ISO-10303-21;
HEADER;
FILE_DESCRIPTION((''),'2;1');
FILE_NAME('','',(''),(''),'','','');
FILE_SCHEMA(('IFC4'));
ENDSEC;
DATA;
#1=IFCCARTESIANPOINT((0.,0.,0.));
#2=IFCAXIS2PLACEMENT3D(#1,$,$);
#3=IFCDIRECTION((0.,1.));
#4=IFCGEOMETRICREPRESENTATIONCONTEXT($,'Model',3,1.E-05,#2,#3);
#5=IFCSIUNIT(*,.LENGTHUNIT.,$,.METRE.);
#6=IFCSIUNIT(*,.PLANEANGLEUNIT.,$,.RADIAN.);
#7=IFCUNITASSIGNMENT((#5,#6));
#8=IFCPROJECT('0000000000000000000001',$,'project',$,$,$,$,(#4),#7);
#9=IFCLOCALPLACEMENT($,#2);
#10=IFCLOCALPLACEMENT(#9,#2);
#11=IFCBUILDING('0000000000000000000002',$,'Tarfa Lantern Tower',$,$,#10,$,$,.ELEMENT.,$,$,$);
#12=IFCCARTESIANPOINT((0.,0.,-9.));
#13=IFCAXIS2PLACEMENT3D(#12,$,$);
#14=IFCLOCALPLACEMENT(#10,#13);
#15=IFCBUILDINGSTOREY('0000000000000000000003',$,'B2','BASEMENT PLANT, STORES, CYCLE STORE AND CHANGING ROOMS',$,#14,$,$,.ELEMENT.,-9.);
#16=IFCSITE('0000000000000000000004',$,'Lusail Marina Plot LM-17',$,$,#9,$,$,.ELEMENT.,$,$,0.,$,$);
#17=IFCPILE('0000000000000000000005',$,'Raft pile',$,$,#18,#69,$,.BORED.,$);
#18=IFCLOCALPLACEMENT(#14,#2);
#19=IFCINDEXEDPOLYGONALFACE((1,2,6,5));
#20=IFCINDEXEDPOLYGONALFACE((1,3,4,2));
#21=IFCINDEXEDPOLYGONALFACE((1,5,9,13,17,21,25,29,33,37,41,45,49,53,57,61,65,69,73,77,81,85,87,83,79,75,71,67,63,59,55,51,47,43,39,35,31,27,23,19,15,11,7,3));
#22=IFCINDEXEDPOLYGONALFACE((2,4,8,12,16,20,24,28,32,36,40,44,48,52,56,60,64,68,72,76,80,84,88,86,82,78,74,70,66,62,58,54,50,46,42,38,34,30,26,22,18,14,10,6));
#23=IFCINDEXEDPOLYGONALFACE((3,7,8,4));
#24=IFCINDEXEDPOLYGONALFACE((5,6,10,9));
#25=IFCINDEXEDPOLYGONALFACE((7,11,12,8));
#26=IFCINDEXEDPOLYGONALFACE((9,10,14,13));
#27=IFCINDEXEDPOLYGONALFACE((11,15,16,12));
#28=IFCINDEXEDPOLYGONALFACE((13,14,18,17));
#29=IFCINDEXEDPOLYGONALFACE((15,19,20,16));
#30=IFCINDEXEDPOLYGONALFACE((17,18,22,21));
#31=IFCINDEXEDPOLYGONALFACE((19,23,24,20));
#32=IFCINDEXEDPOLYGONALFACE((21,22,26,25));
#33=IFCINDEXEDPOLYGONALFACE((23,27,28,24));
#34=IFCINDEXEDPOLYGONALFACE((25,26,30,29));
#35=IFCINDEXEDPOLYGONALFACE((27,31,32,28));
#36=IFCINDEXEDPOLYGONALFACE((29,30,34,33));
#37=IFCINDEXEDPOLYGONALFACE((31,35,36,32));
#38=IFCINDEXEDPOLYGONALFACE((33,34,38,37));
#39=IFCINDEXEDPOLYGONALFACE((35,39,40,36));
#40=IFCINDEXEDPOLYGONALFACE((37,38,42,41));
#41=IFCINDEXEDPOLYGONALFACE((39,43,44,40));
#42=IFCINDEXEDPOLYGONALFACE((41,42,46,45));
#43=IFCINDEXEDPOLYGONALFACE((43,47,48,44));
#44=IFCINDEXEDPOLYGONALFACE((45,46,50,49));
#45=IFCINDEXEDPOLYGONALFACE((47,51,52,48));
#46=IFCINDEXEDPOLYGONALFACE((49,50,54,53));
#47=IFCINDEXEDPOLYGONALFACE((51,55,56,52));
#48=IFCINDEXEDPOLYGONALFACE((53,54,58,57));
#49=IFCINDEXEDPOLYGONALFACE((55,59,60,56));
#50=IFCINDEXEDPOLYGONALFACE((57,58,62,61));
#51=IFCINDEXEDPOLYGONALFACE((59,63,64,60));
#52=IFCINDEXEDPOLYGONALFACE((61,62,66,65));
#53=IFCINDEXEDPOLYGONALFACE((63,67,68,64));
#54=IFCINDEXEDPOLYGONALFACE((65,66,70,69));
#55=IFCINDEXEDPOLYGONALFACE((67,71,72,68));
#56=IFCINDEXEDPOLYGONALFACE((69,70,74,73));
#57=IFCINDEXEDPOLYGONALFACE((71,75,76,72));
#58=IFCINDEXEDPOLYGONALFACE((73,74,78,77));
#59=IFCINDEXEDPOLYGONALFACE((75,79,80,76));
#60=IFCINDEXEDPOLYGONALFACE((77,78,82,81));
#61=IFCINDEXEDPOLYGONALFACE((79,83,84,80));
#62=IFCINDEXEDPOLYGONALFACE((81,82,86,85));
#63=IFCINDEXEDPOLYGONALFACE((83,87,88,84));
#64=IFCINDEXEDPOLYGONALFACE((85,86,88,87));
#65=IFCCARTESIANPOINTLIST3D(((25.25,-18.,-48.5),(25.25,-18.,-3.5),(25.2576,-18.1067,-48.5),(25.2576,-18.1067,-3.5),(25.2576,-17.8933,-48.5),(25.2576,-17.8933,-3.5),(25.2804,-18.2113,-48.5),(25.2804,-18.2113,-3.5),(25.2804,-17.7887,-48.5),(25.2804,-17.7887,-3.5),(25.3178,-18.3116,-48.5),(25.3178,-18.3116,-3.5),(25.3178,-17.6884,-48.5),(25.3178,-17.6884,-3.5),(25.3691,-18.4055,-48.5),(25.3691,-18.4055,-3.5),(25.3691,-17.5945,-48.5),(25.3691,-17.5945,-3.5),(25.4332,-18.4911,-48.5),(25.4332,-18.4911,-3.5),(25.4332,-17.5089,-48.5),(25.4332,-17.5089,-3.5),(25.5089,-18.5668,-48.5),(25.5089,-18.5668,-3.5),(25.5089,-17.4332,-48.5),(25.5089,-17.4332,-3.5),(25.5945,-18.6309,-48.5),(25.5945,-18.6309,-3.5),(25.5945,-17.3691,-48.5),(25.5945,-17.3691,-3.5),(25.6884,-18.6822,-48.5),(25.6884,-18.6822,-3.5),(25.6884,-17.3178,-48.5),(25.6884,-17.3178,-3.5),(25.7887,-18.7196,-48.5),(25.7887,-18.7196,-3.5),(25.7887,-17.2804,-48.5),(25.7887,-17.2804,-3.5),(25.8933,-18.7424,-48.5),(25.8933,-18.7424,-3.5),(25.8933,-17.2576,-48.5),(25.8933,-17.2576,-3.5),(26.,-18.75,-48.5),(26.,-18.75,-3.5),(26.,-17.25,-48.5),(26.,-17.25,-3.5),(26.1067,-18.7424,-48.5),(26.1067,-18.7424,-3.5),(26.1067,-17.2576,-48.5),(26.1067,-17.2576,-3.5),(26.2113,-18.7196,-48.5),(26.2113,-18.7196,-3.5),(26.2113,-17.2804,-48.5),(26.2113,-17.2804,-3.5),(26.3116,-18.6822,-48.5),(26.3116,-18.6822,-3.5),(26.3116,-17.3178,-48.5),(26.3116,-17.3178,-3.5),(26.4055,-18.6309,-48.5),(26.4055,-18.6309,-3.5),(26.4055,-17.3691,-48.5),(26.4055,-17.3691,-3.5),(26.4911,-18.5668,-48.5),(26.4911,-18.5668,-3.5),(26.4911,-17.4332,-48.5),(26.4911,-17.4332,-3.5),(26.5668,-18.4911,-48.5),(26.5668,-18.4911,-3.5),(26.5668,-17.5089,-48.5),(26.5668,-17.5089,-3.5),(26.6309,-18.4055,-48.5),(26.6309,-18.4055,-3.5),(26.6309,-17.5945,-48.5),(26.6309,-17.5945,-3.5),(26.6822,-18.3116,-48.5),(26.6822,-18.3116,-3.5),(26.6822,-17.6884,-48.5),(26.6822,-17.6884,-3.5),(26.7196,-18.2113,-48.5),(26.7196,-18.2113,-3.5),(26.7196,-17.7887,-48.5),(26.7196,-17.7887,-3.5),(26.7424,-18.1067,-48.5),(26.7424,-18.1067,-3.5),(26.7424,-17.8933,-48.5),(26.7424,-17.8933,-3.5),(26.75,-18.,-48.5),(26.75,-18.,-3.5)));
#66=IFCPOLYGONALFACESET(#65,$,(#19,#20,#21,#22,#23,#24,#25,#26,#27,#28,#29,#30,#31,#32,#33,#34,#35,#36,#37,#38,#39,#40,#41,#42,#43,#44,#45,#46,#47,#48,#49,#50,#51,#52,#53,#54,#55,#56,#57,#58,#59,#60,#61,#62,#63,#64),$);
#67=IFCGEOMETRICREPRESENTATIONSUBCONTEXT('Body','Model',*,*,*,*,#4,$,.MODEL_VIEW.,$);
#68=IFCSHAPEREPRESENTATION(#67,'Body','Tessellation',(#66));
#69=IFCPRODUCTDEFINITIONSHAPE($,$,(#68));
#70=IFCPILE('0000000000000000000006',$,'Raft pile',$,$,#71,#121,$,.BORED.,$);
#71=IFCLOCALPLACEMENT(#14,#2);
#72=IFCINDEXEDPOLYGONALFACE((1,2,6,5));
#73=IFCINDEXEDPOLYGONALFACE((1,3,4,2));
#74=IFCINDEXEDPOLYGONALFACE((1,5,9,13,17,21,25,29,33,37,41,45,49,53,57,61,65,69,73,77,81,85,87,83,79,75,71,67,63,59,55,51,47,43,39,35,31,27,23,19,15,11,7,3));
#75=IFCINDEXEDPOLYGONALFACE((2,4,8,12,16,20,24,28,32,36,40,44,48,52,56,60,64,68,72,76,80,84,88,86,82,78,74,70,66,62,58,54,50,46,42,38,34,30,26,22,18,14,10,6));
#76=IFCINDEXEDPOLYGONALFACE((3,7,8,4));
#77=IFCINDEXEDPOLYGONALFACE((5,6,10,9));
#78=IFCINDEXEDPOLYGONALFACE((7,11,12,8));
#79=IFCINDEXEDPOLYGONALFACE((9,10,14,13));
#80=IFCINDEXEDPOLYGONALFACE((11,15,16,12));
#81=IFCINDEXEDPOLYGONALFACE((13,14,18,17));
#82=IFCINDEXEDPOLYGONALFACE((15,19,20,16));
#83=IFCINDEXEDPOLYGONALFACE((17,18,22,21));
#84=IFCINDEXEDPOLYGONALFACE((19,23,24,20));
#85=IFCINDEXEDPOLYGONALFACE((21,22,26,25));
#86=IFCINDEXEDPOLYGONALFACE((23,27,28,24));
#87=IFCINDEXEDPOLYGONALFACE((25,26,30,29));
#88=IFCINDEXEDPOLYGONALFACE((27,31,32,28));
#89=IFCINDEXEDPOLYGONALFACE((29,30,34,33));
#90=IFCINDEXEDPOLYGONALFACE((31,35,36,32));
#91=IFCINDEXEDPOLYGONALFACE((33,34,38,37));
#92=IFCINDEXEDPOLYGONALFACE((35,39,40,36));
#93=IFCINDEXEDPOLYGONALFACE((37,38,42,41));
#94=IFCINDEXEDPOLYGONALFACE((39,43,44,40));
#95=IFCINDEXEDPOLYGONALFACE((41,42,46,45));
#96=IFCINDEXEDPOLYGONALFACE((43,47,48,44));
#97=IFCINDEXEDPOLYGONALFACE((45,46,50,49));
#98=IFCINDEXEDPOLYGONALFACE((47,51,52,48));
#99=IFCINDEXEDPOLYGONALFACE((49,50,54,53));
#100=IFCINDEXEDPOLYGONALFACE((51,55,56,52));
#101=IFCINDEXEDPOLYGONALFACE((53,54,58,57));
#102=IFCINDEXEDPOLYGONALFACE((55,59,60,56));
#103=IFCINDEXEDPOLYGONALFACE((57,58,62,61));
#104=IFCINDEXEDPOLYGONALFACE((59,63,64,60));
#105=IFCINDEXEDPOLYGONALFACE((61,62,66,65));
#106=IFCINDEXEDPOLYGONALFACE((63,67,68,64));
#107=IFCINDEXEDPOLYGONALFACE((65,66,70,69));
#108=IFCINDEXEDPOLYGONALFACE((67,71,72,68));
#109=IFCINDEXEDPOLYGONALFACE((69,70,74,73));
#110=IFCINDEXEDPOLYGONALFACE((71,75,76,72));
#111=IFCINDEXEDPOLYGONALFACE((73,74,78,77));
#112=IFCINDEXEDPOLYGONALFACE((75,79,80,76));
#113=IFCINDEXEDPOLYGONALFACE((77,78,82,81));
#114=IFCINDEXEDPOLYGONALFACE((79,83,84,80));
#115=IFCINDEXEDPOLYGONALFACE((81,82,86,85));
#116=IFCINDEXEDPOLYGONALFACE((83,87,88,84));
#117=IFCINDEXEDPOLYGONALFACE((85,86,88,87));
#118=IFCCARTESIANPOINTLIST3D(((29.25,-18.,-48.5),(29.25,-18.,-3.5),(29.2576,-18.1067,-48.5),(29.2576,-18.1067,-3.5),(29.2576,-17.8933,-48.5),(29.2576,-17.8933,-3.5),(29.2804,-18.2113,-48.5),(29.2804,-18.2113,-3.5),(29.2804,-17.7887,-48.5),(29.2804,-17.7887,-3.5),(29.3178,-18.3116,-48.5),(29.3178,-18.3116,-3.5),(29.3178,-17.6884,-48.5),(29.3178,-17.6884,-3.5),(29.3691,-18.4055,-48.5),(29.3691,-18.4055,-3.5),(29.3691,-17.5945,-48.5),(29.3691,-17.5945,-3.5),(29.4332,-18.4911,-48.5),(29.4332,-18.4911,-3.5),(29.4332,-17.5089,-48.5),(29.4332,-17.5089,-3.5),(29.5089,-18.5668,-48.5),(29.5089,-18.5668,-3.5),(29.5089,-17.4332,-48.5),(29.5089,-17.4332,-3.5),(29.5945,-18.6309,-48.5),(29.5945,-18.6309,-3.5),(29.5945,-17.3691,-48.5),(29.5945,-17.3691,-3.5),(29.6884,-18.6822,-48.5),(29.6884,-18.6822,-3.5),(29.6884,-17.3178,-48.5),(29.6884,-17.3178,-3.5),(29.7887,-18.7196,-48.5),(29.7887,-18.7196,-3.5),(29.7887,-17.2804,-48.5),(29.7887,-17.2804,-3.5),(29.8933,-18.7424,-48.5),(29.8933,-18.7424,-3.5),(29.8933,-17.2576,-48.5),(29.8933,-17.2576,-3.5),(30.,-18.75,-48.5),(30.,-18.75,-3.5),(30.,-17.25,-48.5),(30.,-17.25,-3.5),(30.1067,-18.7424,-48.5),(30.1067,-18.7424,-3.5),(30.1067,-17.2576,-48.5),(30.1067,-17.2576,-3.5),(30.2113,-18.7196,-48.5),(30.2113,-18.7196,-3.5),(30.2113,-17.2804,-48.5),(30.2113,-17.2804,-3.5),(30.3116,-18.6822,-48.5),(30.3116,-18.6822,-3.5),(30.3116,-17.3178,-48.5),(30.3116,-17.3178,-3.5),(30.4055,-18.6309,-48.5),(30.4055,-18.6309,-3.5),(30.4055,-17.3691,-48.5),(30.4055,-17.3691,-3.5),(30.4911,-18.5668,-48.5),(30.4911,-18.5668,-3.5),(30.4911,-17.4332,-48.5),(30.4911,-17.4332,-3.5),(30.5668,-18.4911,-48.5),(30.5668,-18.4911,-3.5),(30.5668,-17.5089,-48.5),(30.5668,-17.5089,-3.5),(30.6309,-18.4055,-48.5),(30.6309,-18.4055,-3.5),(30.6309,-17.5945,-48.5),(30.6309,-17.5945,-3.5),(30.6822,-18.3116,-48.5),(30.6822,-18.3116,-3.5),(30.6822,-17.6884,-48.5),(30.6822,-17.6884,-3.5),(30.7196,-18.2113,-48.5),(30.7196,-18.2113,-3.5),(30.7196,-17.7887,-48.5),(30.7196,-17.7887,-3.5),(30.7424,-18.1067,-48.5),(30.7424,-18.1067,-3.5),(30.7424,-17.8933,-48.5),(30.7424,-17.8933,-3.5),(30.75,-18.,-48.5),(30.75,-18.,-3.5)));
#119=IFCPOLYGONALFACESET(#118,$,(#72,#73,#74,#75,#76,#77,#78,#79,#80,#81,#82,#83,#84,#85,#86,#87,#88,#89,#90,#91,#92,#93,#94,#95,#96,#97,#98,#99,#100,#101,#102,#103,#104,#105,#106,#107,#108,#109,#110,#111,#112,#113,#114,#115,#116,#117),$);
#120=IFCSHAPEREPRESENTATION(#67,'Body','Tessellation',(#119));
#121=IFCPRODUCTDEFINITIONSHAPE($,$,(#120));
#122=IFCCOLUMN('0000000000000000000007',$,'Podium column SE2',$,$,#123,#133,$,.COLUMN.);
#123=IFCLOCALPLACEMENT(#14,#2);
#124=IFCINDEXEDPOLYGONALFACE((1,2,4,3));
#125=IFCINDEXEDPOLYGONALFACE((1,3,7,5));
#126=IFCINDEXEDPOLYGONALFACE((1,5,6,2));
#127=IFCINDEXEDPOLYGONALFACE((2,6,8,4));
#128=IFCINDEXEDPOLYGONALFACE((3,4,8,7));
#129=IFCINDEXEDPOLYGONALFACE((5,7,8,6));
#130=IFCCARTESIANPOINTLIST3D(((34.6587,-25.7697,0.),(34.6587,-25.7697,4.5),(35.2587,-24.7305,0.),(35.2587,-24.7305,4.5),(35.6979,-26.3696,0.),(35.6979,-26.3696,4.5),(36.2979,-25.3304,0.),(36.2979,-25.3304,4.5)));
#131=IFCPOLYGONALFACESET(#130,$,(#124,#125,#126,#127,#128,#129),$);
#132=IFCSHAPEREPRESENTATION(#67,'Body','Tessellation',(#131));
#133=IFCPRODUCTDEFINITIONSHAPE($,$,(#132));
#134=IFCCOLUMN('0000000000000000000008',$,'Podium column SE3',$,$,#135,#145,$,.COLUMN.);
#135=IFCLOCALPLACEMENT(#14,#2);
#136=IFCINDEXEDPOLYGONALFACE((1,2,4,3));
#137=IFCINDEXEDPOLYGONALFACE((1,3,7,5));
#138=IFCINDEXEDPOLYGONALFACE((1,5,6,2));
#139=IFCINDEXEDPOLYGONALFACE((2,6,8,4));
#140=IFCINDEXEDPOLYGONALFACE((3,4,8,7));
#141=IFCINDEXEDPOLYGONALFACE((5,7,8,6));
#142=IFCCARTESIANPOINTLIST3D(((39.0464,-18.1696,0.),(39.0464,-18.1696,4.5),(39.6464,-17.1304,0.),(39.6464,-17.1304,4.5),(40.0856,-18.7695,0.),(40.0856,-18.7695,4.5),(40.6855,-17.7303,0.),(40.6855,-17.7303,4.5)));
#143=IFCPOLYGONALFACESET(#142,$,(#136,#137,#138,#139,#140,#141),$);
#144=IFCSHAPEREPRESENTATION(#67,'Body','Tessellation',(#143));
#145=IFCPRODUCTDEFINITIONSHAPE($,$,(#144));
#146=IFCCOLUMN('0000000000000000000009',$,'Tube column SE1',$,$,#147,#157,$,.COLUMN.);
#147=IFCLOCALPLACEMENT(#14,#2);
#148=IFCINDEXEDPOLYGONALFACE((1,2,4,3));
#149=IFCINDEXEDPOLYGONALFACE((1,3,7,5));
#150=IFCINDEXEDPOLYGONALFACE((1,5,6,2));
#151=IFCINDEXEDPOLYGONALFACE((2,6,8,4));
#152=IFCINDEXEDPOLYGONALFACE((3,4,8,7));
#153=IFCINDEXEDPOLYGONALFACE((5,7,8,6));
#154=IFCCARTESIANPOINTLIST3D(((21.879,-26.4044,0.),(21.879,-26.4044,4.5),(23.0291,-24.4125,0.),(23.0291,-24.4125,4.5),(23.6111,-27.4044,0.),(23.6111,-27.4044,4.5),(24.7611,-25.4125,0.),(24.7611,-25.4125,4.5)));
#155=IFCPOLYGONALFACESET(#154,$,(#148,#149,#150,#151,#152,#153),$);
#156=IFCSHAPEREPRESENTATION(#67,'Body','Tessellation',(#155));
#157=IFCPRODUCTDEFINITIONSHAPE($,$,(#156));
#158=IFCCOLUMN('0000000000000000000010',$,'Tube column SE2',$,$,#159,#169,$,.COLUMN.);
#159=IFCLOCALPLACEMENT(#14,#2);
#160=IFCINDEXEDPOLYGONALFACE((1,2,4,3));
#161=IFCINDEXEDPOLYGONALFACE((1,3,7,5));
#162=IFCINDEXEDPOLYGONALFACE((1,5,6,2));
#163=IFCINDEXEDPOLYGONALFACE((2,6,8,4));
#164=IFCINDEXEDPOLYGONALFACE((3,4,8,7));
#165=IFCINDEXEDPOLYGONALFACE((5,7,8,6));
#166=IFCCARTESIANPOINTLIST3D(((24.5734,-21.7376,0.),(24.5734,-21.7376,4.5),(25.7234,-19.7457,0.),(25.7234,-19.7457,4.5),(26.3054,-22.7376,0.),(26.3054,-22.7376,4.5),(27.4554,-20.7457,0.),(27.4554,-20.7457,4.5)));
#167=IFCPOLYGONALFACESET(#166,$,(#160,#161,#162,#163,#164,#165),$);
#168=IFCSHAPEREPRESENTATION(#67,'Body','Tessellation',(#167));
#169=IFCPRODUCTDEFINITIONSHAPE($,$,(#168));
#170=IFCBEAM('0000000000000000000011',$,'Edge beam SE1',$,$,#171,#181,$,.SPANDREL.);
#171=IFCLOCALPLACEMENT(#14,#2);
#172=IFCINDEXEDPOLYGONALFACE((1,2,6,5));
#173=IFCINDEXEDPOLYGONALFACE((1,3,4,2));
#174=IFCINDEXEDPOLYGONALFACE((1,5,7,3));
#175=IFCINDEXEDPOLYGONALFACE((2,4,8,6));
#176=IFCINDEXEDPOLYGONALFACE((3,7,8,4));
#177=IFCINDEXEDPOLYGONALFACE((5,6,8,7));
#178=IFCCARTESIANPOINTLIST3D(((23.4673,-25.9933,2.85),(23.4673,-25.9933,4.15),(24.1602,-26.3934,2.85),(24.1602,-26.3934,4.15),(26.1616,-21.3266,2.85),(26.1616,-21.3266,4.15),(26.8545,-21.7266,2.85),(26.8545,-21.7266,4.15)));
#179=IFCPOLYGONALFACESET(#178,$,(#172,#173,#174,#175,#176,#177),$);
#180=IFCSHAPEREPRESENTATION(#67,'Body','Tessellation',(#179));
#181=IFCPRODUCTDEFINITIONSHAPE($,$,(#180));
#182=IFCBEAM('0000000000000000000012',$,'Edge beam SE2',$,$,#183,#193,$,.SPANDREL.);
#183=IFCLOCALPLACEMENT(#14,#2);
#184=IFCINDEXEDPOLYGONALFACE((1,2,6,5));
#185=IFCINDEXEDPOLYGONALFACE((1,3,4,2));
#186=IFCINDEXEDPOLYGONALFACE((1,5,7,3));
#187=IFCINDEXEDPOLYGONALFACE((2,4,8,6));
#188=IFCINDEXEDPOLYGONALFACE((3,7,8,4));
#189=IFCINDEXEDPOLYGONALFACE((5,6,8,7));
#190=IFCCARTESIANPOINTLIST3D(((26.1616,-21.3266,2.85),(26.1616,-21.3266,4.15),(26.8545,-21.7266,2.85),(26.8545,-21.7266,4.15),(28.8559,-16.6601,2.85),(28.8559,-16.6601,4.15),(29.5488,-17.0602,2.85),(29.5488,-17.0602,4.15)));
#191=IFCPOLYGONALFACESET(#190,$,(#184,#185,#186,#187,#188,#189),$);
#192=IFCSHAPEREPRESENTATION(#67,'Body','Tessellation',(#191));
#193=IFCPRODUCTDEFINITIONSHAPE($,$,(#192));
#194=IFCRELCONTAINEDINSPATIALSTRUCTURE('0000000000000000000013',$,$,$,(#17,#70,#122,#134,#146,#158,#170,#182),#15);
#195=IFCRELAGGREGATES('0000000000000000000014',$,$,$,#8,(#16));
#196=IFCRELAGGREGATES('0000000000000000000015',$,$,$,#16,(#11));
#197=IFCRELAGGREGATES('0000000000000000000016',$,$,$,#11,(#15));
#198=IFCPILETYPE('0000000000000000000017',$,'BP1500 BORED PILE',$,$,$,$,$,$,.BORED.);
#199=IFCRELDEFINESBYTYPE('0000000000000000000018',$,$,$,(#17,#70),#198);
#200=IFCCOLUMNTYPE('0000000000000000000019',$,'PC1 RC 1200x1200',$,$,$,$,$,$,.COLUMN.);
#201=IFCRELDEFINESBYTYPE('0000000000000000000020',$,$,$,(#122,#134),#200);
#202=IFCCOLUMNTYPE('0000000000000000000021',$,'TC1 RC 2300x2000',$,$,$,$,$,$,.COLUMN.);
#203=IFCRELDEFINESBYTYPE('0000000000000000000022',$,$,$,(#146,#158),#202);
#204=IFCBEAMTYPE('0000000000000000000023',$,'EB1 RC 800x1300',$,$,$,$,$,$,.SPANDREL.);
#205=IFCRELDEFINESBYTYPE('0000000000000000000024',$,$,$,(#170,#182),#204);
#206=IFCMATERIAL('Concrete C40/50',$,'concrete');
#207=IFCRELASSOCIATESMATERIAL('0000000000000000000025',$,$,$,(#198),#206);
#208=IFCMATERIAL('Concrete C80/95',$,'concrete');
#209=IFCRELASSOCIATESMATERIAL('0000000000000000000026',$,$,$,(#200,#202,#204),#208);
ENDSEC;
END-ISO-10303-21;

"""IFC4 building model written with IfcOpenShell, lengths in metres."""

from ifc_helpers import new_model, si_unit, direction, frame, origin, origin_2d, place, context, subcontext, project, spatial, rectangle, circle, extrude, material, material_profile, profile_set, type_object, element, save


model = new_model("IFC4")

# Units and contexts
model_context = context("Model", 3, precision=1e-05, world=origin(), true_north=direction((0.0, 1.0)))
body_context = subcontext(model_context, "Body", "Model", "MODEL_VIEW")
ifc_project = project(units=[si_unit("LENGTHUNIT", "METRE"), si_unit("PLANEANGLEUNIT", "RADIAN")], contexts=[model_context])

# Site, building, storey
site_placement = place(None, origin())
site = spatial("IfcSite", under=ifc_project, at=site_placement, Name="Lusail Marina Plot LM-17", CompositionType="ELEMENT", RefElevation=0.0)
building_placement = place(site_placement, origin())
building = spatial("IfcBuilding", under=site, at=building_placement, Name="Tarfa Lantern Tower", CompositionType="ELEMENT")
storey_placement = place(building_placement, frame((0.0, 0.0, -9.0)))
storey = spatial("IfcBuildingStorey", under=building, at=storey_placement, Name="B2", Description="BASEMENT PLANT, STORES, CYCLE STORE AND CHANGING ROOMS", CompositionType="ELEMENT", Elevation=-9.0)

# Piles
ifc_material_1 = material(Name="Concrete C40/50", Category="concrete")
ifc_material_profile_1 = material_profile(ifc_material_1, circle(Radius=0.75, at=origin_2d()), Name="BORED PILE D1500")
ifc_profile_set_1 = profile_set([ifc_material_profile_1], Name="Concrete C40/50")
pile_type_1 = type_object("IfcPileType", Name="BP1500 BORED PILE", PredefinedType="BORED", material=ifc_profile_set_1)
for number, where, z_axis, x_axis, name in (
    (1, (26.0, -18.0, -3.5), (0.0, 0.0, -1.0), (1.0, 0.0, 0.0), "Raft pile"),
    (2, (30.0, -18.0, -3.5), (0.0, 0.0, -1.0), (1.0, 0.0, 0.0), "Raft pile"),
):
    element("IfcPile", number, at=place(storey_placement, frame(where, z_axis=z_axis, x_axis=x_axis)), inside=storey, type_object=pile_type_1, Name=name, PredefinedType="BORED", context=body_context, shape_type="SweptSolid", body=[
        extrude(circle(Radius=0.75, at=origin_2d()), origin(), (0.0, 0.0, 1.0), 45.0),
    ])

# Columns
ifc_material_2 = material(Name="Concrete C80/95", Category="concrete")
ifc_material_profile_2 = material_profile(ifc_material_2, rectangle(XDim=1.2, YDim=1.2, at=origin_2d()), Name="RC 1200x1200")
ifc_profile_set_2 = profile_set([ifc_material_profile_2], Name="Concrete C80/95")
column_type_1 = type_object("IfcColumnType", Name="PC1 RC 1200x1200", PredefinedType="COLUMN", material=ifc_profile_set_2)
for number, where, z_axis, x_axis, name in (
    (3, (35.4783, -25.55, 0.0), (0.0, 0.0, 1.0), (0.5, 0.866025, 0.0), "Podium column SE2"),
    (4, (39.866, -17.95, 0.0), (0.0, 0.0, 1.0), (0.5, 0.866025, 0.0), "Podium column SE3"),
):
    element("IfcColumn", number, at=place(storey_placement, frame(where, z_axis=z_axis, x_axis=x_axis)), inside=storey, type_object=column_type_1, Name=name, PredefinedType="COLUMN", context=body_context, shape_type="SweptSolid", body=[
        extrude(rectangle(XDim=1.2, YDim=1.2, at=origin_2d()), origin(), (0.0, 0.0, 1.0), 4.5),
    ])
ifc_material_profile_3 = material_profile(ifc_material_2, rectangle(XDim=2.3, YDim=2.0, at=origin_2d()), Name="RC 2300x2000")
ifc_profile_set_3 = profile_set([ifc_material_profile_3], Name="Concrete C80/95")
column_type_2 = type_object("IfcColumnType", Name="TC1 RC 2300x2000", PredefinedType="COLUMN", material=ifc_profile_set_3)
for number, where, z_axis, x_axis, name in (
    (5, (23.3201, -25.9084, 0.0), (0.0, 0.0, 1.0), (0.5, 0.866025, 0.0), "Tube column SE1"),
    (6, (26.0144, -21.2417, 0.0), (0.0, 0.0, 1.0), (0.5, 0.866025, 0.0), "Tube column SE2"),
):
    element("IfcColumn", number, at=place(storey_placement, frame(where, z_axis=z_axis, x_axis=x_axis)), inside=storey, type_object=column_type_2, Name=name, PredefinedType="COLUMN", context=body_context, shape_type="SweptSolid", body=[
        extrude(rectangle(XDim=2.3, YDim=2.0, at=origin_2d()), origin(), (0.0, 0.0, 1.0), 4.5),
    ])

# Beams
ifc_material_profile_4 = material_profile(ifc_material_2, rectangle(XDim=0.8, YDim=1.3, at=origin_2d()), Name="RC 800x1300")
ifc_profile_set_4 = profile_set([ifc_material_profile_4], Name="Concrete C80/95")
beam_type_1 = type_object("IfcBeamType", Name="EB1 RC 800x1300", PredefinedType="SPANDREL", material=ifc_profile_set_4)
beam_1_placement = place(storey_placement, frame((23.8137, -26.1934, 3.5), z_axis=(0.499998, 0.866026, 0.0), x_axis=(-0.866026, 0.499998, 0.0)))
element("IfcBeam", 7, at=beam_1_placement, inside=storey, type_object=beam_type_1, Name="Edge beam SE1", PredefinedType="SPANDREL", context=body_context, shape_type="SweptSolid", body=[
    extrude(rectangle(XDim=0.8, YDim=1.3, at=origin_2d()), origin(), (0.0, 0.0, 1.0), 5.3887),
])
beam_2_placement = place(storey_placement, frame((26.5081, -21.5266, 3.5), z_axis=(0.500018, 0.866015, 0.0), x_axis=(-0.866015, 0.500018, 0.0)))
element("IfcBeam", 8, at=beam_2_placement, inside=storey, type_object=beam_type_1, Name="Edge beam SE2", PredefinedType="SPANDREL", context=body_context, shape_type="SweptSolid", body=[
    extrude(rectangle(XDim=0.8, YDim=1.3, at=origin_2d()), origin(), (0.0, 0.0, 1.0), 5.3884),
])

save(model, "model.ifc")
